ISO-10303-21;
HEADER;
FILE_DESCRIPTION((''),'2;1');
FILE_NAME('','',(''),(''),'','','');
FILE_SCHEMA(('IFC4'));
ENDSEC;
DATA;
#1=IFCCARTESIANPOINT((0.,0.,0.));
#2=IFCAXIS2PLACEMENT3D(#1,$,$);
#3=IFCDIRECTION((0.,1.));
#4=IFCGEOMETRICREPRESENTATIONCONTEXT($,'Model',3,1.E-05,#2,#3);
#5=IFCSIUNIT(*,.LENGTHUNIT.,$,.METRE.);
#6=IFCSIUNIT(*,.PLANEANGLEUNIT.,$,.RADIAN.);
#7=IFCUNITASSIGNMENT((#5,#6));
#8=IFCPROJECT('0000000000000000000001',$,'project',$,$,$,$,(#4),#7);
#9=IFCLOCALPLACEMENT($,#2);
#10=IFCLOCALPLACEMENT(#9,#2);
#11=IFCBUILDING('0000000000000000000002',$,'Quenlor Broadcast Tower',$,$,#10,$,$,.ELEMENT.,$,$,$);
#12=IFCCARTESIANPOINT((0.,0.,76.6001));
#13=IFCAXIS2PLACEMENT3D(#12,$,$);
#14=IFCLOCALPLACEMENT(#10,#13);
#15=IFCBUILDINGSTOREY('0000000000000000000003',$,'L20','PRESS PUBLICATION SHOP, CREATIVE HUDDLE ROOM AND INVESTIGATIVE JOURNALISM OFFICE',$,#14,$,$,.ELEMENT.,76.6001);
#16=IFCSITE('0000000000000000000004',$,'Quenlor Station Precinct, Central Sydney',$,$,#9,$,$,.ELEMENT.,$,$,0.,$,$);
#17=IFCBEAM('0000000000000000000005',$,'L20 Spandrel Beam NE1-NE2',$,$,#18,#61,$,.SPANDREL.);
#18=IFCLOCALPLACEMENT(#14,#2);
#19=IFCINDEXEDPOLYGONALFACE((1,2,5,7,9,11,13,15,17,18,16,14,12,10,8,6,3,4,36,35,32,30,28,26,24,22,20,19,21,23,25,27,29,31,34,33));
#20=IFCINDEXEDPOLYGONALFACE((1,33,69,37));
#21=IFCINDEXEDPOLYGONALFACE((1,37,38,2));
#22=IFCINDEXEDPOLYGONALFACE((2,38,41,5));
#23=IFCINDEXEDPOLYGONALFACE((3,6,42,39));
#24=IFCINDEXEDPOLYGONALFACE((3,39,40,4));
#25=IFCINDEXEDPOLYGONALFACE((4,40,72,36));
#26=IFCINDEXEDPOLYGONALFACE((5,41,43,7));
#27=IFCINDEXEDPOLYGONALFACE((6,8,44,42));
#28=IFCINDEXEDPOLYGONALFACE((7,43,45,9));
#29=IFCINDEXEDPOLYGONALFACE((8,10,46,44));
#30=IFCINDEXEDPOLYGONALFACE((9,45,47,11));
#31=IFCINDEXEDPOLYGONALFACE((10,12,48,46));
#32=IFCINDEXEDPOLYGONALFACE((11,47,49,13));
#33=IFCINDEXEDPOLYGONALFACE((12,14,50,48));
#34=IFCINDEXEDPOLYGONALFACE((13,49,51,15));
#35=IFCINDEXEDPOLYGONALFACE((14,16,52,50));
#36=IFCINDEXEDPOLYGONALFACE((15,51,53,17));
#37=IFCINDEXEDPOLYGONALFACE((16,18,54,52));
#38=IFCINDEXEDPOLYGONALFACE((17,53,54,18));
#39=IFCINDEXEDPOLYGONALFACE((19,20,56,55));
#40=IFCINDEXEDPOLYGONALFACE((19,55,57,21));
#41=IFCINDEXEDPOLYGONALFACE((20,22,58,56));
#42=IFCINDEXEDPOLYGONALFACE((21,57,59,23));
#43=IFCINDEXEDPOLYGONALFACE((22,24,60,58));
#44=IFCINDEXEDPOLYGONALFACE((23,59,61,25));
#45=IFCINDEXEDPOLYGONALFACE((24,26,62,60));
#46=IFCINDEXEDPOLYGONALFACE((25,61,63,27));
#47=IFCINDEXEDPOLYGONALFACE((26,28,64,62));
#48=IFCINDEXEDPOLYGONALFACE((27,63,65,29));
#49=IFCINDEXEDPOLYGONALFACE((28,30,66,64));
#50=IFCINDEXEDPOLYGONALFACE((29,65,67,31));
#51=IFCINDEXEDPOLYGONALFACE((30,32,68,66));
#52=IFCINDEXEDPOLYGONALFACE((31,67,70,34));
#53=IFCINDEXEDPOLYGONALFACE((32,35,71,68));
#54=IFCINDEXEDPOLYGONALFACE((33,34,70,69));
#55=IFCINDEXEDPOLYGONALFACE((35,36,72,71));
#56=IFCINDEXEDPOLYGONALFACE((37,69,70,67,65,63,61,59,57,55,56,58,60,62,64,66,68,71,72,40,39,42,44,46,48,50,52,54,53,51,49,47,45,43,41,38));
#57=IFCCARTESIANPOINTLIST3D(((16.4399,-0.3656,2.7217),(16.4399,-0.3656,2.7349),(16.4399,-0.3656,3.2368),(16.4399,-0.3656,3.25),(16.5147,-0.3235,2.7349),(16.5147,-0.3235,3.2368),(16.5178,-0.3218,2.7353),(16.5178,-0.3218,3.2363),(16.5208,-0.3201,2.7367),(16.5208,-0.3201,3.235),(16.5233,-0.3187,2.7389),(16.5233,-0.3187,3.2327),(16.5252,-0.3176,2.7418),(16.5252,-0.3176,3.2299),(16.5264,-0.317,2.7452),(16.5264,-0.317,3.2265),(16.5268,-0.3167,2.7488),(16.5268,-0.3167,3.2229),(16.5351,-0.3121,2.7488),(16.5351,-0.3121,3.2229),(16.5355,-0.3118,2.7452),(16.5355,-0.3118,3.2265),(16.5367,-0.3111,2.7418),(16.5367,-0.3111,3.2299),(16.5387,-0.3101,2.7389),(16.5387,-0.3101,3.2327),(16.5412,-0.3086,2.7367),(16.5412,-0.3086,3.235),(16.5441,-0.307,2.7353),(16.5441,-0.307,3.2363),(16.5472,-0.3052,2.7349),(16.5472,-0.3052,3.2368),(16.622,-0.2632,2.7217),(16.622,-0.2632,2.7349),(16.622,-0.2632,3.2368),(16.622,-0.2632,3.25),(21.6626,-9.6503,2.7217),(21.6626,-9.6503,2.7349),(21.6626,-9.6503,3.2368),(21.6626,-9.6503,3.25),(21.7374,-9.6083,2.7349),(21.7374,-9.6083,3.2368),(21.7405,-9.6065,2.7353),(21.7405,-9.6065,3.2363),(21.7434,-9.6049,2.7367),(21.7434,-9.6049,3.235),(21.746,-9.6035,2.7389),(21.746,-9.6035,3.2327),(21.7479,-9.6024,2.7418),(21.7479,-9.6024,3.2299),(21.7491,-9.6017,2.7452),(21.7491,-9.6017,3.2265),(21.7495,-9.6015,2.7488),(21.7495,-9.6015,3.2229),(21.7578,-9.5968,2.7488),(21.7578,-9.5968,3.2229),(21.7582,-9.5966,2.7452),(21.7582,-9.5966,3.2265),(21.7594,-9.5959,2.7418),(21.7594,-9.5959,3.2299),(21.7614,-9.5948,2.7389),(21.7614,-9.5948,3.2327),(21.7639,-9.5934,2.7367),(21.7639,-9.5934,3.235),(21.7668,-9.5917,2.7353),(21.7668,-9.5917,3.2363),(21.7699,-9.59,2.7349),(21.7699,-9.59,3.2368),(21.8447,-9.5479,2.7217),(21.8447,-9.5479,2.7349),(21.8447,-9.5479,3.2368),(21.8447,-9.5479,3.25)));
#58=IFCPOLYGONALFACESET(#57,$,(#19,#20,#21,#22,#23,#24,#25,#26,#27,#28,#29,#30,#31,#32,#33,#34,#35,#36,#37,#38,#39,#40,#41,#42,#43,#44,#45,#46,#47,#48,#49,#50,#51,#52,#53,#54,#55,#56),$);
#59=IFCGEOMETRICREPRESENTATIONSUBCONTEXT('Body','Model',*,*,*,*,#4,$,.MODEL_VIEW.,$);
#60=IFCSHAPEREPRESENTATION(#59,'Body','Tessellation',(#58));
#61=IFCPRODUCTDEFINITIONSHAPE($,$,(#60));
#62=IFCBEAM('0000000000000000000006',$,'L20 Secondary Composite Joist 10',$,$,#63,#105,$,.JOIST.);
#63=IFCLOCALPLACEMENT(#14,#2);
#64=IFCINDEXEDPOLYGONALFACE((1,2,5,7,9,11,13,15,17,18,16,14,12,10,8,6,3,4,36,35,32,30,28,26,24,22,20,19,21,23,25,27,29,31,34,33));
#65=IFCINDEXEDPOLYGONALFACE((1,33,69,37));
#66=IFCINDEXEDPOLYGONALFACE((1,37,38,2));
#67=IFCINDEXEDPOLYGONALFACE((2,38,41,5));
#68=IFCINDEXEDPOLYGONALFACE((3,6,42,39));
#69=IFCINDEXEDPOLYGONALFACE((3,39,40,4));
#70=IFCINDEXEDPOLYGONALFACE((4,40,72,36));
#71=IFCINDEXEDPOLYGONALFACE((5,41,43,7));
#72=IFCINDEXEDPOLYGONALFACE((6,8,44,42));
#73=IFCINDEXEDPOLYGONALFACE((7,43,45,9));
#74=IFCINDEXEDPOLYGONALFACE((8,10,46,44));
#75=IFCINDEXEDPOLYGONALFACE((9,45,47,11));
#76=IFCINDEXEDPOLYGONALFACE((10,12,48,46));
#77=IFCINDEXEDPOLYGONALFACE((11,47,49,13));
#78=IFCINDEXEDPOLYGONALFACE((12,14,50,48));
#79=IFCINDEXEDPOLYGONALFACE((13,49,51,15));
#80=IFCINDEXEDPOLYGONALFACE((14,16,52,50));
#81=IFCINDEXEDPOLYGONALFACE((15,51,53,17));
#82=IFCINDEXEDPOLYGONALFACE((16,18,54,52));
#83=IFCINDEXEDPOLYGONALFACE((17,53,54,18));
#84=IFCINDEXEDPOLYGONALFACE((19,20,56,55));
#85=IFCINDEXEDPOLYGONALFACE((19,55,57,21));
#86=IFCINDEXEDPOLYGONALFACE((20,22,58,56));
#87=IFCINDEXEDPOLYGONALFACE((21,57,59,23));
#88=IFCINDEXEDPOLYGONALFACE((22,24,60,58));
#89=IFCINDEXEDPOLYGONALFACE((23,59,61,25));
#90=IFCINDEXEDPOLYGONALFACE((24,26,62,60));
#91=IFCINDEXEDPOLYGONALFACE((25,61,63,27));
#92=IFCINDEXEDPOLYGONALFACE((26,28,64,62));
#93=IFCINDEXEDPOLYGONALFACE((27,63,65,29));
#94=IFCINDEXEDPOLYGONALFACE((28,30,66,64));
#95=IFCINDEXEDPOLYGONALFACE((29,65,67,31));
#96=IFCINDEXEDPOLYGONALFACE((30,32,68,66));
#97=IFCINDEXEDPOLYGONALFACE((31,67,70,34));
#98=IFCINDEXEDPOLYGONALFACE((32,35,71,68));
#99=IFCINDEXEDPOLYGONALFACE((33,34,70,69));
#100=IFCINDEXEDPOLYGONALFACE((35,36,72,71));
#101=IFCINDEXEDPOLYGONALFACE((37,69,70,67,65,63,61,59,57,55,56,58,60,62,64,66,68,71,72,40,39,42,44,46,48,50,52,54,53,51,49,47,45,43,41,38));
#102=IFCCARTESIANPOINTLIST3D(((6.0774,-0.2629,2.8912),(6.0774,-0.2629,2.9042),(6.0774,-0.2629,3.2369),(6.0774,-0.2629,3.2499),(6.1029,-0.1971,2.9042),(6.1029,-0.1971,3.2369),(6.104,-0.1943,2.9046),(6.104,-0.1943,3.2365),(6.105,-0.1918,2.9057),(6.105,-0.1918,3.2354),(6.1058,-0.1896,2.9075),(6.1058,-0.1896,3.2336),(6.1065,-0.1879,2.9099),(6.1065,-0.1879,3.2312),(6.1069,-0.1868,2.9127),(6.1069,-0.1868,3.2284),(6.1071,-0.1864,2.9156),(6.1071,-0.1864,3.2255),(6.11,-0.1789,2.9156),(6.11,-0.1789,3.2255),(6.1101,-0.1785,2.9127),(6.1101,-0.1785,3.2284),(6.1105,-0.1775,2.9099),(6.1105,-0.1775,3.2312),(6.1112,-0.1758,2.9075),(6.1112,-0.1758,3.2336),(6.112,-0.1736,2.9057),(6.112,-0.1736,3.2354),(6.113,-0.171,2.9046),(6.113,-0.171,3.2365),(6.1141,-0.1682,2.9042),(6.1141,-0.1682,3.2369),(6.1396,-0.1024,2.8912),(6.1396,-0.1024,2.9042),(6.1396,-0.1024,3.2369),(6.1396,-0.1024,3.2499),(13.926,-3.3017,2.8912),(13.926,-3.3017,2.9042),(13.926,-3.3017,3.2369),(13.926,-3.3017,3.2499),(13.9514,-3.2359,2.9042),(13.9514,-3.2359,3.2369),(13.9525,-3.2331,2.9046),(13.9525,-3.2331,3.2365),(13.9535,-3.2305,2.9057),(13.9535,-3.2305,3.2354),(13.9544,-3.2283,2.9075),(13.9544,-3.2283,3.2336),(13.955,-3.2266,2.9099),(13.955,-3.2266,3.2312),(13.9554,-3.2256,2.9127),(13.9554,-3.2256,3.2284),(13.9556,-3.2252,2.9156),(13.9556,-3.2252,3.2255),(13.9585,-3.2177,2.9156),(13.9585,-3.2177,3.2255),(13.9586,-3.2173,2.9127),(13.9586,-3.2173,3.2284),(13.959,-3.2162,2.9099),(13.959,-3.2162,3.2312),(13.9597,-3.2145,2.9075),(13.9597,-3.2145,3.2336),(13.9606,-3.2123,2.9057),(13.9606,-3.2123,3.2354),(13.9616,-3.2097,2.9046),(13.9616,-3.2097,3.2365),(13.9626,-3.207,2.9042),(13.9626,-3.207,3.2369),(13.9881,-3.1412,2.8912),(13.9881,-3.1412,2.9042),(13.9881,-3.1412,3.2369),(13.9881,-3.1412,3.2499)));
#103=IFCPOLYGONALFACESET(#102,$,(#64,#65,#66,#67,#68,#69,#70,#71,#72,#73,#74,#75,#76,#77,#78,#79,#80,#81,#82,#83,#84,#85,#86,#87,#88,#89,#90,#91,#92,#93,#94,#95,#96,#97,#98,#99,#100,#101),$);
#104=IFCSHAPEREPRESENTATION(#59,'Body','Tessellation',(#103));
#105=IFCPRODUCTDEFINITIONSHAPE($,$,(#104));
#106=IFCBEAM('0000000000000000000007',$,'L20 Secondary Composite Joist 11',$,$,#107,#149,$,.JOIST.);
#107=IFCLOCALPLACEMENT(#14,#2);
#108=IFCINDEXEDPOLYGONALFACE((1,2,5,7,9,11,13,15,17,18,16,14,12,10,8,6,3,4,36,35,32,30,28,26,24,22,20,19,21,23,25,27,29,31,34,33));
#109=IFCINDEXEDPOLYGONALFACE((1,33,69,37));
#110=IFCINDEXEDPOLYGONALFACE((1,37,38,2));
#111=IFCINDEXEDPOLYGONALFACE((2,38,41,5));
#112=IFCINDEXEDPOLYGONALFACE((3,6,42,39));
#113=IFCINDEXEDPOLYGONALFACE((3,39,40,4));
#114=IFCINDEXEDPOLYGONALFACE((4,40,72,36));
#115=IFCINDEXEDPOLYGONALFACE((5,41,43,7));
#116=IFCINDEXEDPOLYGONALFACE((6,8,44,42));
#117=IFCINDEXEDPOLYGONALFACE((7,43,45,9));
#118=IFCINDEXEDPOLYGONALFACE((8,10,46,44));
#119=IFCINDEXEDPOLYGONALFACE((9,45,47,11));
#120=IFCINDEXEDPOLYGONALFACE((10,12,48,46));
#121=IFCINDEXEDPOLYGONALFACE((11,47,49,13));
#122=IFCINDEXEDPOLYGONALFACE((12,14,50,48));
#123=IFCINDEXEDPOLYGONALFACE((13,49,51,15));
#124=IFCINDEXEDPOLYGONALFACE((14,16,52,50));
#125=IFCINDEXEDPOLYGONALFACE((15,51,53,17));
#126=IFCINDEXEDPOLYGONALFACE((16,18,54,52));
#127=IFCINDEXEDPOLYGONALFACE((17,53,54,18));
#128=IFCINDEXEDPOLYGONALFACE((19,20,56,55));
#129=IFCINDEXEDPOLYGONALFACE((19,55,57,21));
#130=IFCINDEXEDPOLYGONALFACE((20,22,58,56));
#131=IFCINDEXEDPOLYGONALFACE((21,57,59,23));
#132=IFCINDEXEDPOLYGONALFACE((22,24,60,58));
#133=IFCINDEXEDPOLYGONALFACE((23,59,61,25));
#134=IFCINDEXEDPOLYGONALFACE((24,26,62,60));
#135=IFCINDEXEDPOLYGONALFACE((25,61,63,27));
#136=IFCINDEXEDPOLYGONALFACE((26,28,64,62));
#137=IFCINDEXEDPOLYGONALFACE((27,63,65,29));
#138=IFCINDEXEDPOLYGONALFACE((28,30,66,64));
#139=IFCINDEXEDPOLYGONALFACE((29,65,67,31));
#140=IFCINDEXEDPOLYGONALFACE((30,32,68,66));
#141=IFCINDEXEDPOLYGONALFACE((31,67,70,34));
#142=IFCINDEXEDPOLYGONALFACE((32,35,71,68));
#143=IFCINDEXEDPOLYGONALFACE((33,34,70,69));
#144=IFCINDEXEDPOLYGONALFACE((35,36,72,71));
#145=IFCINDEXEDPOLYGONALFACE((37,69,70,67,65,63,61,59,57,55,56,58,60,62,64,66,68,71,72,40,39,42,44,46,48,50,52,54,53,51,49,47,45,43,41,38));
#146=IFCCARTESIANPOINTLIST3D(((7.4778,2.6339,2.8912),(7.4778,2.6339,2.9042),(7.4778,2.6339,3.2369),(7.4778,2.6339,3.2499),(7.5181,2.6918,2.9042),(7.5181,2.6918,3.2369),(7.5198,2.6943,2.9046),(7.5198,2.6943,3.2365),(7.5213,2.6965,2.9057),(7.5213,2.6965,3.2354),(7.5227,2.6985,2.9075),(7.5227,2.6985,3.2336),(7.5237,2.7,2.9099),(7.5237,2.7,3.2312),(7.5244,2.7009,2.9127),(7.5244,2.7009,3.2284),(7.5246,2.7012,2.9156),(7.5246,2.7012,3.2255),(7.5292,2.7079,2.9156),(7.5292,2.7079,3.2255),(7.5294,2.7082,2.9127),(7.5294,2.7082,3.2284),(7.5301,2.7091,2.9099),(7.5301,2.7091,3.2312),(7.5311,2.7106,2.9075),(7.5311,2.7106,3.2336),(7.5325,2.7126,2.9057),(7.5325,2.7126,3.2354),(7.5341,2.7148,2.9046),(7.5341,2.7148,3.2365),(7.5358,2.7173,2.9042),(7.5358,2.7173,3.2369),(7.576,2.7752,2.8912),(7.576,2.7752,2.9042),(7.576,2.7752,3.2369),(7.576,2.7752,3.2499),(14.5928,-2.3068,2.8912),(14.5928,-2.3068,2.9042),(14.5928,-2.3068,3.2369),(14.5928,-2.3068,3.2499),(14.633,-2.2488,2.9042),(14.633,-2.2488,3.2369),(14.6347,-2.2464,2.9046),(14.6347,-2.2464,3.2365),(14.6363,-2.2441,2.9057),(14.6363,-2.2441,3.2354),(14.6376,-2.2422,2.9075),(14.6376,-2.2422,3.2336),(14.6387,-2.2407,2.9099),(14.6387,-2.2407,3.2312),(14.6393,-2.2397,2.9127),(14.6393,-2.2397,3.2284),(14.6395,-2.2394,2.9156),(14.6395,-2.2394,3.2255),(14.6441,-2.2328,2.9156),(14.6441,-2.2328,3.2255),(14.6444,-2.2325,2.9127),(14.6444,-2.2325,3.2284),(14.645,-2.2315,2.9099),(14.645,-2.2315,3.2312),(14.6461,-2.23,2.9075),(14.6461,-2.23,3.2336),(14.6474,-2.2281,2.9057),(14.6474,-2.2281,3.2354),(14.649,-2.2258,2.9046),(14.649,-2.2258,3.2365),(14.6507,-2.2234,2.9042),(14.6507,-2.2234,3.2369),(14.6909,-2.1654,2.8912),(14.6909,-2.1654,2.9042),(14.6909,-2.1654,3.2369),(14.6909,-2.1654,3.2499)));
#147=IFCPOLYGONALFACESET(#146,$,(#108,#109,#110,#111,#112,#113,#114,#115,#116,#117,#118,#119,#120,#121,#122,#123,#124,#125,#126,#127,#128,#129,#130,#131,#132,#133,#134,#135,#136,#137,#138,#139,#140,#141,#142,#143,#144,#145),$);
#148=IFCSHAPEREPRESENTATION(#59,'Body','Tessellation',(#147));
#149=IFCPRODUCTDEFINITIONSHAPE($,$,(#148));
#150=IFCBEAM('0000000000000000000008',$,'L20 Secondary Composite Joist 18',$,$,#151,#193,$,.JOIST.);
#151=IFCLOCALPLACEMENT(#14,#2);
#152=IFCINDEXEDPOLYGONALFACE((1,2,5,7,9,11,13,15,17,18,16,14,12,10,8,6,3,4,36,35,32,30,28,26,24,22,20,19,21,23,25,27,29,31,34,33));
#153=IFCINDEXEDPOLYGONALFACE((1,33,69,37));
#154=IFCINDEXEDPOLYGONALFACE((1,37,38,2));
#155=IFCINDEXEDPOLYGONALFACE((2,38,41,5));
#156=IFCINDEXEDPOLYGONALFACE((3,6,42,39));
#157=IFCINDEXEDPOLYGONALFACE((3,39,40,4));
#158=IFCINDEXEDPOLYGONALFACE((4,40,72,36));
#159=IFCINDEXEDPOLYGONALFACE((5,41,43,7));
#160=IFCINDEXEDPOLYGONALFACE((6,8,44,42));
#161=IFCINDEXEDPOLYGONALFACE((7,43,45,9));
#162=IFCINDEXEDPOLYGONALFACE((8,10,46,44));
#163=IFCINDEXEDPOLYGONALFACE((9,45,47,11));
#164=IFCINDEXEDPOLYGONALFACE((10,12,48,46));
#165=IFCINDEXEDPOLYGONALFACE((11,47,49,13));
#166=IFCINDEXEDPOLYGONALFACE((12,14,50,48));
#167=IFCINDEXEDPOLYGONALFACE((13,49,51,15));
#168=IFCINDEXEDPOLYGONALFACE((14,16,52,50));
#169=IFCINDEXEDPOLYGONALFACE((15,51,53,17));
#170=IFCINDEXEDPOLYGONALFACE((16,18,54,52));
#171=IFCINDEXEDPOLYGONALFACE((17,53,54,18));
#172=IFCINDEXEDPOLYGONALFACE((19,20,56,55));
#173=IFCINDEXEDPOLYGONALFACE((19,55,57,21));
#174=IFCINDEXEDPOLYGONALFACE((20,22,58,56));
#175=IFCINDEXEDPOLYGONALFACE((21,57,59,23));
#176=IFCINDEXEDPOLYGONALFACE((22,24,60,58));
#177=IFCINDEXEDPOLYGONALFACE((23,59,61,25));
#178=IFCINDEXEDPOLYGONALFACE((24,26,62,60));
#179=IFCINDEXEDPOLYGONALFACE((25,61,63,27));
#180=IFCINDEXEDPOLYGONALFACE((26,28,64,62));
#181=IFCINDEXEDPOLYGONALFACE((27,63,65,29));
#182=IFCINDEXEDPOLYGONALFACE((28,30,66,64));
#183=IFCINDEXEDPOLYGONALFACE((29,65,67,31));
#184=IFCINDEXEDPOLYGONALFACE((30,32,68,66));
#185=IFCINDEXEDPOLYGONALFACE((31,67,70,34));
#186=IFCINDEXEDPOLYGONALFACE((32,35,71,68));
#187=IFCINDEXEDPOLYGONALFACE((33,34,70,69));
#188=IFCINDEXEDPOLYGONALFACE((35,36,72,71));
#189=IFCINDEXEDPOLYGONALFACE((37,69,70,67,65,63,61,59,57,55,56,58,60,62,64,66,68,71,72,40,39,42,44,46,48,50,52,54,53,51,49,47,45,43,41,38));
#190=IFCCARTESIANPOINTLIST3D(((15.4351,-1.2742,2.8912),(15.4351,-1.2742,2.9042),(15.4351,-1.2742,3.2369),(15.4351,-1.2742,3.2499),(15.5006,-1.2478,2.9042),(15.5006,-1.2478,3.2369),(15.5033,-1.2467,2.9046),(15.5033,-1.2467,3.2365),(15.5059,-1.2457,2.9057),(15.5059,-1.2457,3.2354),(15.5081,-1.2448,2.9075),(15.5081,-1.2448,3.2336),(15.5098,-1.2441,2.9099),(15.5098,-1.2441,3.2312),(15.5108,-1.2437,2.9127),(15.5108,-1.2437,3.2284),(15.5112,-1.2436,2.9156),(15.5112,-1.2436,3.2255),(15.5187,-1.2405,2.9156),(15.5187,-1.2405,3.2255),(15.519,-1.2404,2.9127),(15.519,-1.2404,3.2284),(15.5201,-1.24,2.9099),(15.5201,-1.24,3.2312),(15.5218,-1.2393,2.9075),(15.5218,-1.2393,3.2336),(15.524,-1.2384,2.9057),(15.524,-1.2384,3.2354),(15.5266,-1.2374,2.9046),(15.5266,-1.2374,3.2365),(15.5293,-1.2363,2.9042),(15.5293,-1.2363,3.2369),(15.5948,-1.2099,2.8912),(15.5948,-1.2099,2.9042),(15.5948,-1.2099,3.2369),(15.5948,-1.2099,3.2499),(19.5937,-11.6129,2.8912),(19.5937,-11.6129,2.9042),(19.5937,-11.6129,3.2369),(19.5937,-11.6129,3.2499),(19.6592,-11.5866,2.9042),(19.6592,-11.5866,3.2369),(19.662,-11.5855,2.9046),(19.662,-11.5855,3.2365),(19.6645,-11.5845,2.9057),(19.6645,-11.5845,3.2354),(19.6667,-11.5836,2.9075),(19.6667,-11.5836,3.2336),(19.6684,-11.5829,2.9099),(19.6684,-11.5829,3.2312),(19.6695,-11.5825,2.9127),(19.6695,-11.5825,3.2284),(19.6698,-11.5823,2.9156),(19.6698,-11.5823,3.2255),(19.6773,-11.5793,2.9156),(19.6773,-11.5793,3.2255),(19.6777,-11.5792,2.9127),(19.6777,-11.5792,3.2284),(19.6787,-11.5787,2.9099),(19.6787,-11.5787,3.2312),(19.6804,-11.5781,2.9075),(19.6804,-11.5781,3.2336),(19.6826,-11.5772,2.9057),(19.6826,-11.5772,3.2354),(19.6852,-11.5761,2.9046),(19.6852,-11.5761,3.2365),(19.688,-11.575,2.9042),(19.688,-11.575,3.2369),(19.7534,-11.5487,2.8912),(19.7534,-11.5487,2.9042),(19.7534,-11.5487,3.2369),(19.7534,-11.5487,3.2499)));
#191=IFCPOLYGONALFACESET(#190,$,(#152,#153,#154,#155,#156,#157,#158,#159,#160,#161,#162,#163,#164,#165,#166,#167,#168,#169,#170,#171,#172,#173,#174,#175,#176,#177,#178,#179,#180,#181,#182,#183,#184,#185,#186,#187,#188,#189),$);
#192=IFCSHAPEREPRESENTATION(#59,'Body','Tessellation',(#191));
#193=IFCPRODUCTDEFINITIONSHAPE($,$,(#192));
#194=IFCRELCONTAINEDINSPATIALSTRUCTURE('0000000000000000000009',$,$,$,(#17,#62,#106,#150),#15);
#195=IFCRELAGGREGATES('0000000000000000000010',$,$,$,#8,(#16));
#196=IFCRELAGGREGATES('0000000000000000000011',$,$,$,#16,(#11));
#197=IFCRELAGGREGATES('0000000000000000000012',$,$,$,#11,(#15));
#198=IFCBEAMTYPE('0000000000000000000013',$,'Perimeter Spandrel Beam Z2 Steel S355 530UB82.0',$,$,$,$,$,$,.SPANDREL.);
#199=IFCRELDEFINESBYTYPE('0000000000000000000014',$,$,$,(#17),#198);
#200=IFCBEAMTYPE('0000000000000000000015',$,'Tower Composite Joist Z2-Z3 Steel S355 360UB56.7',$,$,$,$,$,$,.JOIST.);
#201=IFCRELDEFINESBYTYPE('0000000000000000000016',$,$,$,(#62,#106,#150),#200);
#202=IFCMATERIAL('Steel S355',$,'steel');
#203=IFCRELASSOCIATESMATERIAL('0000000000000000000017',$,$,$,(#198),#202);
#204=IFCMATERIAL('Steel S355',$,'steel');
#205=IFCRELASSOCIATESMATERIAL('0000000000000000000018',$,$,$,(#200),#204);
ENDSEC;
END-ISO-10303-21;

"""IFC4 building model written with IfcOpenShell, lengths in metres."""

from ifc_helpers import new_model, si_unit, direction, frame, origin, origin_2d, place, context, subcontext, project, spatial, i_section, extrude, material, material_profile, profile_set, type_object, element, save


model = new_model("IFC4")

# Units and contexts
model_context = context("Model", 3, precision=1e-05, world=origin(), true_north=direction((0.0, 1.0)))
body_context = subcontext(model_context, "Body", "Model", "MODEL_VIEW")
ifc_project = project(units=[si_unit("LENGTHUNIT", "METRE"), si_unit("PLANEANGLEUNIT", "RADIAN")], contexts=[model_context])

# Site, building, storey
site_placement = place(None, origin())
site = spatial("IfcSite", under=ifc_project, at=site_placement, Name="Quenlor Station Precinct, Central Sydney", CompositionType="ELEMENT", RefElevation=0.0)
building_placement = place(site_placement, origin())
building = spatial("IfcBuilding", under=site, at=building_placement, Name="Quenlor Broadcast Tower", CompositionType="ELEMENT")
storey_placement = place(building_placement, frame((0.0, 0.0, 76.6001)))
storey = spatial("IfcBuildingStorey", under=building, at=storey_placement, Name="L20", Description="PRESS PUBLICATION SHOP, CREATIVE HUDDLE ROOM AND INVESTIGATIVE JOURNALISM OFFICE", CompositionType="ELEMENT", Elevation=76.6001)

# Beams
ifc_material_1 = material(Name="Steel S355", Category="steel")
ifc_material_profile_1 = material_profile(ifc_material_1, i_section(OverallWidth=0.209, OverallDepth=0.5283, WebThickness=0.0095, FlangeThickness=0.0132, FilletRadius=0.0139, at=origin_2d()))
ifc_profile_set_1 = profile_set([ifc_material_profile_1], Name="Steel S355 530UB82.0")
beam_type_1 = type_object("IfcBeamType", Name="Perimeter Spandrel Beam Z2 Steel S355 530UB82.0", PredefinedType="SPANDREL", material=ifc_profile_set_1)
beam_1_placement = place(storey_placement, frame((21.7537, -9.5991, 2.9858), z_axis=(-0.490263, 0.871574, 0.0), x_axis=(-0.871574, -0.490263, 0.0)))
element("IfcBeam", 1, at=beam_1_placement, inside=storey, type_object=beam_type_1, Name="L20 Spandrel Beam NE1-NE2", PredefinedType="SPANDREL", context=body_context, shape_type="SweptSolid", body=[
    extrude(i_section(OverallWidth=0.209, OverallDepth=0.5283, WebThickness=0.0095, FlangeThickness=0.0132, FilletRadius=0.0139, at=origin_2d()), origin(), (0.0, 0.0, 1.0), 10.6528),
])
ifc_material_2 = material(Name="Steel S355", Category="steel")
ifc_material_profile_2 = material_profile(ifc_material_2, i_section(OverallWidth=0.1721, OverallDepth=0.3586, WebThickness=0.0081, FlangeThickness=0.0129, FilletRadius=0.0115, at=origin_2d()))
ifc_profile_set_2 = profile_set([ifc_material_profile_2], Name="Steel S355 360UB56.7")
beam_type_2 = type_object("IfcBeamType", Name="Tower Composite Joist Z2-Z3 Steel S355 360UB56.7", PredefinedType="JOIST", material=ifc_profile_set_2)
beam_2_placement = place(storey_placement, frame((13.957, -3.2214, 3.0706), z_axis=(-0.932543, 0.36106, 0.0), x_axis=(-0.36106, -0.932543, 0.0)))
element("IfcBeam", 2, at=beam_2_placement, inside=storey, type_object=beam_type_2, Name="L20 Secondary Composite Joist 10", PredefinedType="JOIST", context=body_context, shape_type="SweptSolid", body=[
    extrude(i_section(OverallWidth=0.1721, OverallDepth=0.3586, WebThickness=0.0081, FlangeThickness=0.0129, FilletRadius=0.0115, at=origin_2d()), origin(), (0.0, 0.0, 1.0), 8.4163),
])
beam_3_placement = place(storey_placement, frame((14.6418, -2.2361, 3.0706), z_axis=(-0.821386, 0.570373, 0.0), x_axis=(-0.570373, -0.821386, 0.0)))
element("IfcBeam", 3, at=beam_3_placement, inside=storey, type_object=beam_type_2, Name="L20 Secondary Composite Joist 11", PredefinedType="JOIST", context=body_context, shape_type="SweptSolid", body=[
    extrude(i_section(OverallWidth=0.1721, OverallDepth=0.3586, WebThickness=0.0081, FlangeThickness=0.0129, FilletRadius=0.0115, at=origin_2d()), origin(), (0.0, 0.0, 1.0), 8.6621),
])
beam_4_placement = place(storey_placement, frame((19.6736, -11.5808, 3.0706), z_axis=(-0.37318, 0.927759, 0.0), x_axis=(-0.927759, -0.37318, 0.0)))
element("IfcBeam", 4, at=beam_4_placement, inside=storey, type_object=beam_type_2, Name="L20 Secondary Composite Joist 18", PredefinedType="JOIST", context=body_context, shape_type="SweptSolid", body=[
    extrude(i_section(OverallWidth=0.1721, OverallDepth=0.3586, WebThickness=0.0081, FlangeThickness=0.0129, FilletRadius=0.0115, at=origin_2d()), origin(), (0.0, 0.0, 1.0), 11.1438),
])

save(model, "model.ifc")
